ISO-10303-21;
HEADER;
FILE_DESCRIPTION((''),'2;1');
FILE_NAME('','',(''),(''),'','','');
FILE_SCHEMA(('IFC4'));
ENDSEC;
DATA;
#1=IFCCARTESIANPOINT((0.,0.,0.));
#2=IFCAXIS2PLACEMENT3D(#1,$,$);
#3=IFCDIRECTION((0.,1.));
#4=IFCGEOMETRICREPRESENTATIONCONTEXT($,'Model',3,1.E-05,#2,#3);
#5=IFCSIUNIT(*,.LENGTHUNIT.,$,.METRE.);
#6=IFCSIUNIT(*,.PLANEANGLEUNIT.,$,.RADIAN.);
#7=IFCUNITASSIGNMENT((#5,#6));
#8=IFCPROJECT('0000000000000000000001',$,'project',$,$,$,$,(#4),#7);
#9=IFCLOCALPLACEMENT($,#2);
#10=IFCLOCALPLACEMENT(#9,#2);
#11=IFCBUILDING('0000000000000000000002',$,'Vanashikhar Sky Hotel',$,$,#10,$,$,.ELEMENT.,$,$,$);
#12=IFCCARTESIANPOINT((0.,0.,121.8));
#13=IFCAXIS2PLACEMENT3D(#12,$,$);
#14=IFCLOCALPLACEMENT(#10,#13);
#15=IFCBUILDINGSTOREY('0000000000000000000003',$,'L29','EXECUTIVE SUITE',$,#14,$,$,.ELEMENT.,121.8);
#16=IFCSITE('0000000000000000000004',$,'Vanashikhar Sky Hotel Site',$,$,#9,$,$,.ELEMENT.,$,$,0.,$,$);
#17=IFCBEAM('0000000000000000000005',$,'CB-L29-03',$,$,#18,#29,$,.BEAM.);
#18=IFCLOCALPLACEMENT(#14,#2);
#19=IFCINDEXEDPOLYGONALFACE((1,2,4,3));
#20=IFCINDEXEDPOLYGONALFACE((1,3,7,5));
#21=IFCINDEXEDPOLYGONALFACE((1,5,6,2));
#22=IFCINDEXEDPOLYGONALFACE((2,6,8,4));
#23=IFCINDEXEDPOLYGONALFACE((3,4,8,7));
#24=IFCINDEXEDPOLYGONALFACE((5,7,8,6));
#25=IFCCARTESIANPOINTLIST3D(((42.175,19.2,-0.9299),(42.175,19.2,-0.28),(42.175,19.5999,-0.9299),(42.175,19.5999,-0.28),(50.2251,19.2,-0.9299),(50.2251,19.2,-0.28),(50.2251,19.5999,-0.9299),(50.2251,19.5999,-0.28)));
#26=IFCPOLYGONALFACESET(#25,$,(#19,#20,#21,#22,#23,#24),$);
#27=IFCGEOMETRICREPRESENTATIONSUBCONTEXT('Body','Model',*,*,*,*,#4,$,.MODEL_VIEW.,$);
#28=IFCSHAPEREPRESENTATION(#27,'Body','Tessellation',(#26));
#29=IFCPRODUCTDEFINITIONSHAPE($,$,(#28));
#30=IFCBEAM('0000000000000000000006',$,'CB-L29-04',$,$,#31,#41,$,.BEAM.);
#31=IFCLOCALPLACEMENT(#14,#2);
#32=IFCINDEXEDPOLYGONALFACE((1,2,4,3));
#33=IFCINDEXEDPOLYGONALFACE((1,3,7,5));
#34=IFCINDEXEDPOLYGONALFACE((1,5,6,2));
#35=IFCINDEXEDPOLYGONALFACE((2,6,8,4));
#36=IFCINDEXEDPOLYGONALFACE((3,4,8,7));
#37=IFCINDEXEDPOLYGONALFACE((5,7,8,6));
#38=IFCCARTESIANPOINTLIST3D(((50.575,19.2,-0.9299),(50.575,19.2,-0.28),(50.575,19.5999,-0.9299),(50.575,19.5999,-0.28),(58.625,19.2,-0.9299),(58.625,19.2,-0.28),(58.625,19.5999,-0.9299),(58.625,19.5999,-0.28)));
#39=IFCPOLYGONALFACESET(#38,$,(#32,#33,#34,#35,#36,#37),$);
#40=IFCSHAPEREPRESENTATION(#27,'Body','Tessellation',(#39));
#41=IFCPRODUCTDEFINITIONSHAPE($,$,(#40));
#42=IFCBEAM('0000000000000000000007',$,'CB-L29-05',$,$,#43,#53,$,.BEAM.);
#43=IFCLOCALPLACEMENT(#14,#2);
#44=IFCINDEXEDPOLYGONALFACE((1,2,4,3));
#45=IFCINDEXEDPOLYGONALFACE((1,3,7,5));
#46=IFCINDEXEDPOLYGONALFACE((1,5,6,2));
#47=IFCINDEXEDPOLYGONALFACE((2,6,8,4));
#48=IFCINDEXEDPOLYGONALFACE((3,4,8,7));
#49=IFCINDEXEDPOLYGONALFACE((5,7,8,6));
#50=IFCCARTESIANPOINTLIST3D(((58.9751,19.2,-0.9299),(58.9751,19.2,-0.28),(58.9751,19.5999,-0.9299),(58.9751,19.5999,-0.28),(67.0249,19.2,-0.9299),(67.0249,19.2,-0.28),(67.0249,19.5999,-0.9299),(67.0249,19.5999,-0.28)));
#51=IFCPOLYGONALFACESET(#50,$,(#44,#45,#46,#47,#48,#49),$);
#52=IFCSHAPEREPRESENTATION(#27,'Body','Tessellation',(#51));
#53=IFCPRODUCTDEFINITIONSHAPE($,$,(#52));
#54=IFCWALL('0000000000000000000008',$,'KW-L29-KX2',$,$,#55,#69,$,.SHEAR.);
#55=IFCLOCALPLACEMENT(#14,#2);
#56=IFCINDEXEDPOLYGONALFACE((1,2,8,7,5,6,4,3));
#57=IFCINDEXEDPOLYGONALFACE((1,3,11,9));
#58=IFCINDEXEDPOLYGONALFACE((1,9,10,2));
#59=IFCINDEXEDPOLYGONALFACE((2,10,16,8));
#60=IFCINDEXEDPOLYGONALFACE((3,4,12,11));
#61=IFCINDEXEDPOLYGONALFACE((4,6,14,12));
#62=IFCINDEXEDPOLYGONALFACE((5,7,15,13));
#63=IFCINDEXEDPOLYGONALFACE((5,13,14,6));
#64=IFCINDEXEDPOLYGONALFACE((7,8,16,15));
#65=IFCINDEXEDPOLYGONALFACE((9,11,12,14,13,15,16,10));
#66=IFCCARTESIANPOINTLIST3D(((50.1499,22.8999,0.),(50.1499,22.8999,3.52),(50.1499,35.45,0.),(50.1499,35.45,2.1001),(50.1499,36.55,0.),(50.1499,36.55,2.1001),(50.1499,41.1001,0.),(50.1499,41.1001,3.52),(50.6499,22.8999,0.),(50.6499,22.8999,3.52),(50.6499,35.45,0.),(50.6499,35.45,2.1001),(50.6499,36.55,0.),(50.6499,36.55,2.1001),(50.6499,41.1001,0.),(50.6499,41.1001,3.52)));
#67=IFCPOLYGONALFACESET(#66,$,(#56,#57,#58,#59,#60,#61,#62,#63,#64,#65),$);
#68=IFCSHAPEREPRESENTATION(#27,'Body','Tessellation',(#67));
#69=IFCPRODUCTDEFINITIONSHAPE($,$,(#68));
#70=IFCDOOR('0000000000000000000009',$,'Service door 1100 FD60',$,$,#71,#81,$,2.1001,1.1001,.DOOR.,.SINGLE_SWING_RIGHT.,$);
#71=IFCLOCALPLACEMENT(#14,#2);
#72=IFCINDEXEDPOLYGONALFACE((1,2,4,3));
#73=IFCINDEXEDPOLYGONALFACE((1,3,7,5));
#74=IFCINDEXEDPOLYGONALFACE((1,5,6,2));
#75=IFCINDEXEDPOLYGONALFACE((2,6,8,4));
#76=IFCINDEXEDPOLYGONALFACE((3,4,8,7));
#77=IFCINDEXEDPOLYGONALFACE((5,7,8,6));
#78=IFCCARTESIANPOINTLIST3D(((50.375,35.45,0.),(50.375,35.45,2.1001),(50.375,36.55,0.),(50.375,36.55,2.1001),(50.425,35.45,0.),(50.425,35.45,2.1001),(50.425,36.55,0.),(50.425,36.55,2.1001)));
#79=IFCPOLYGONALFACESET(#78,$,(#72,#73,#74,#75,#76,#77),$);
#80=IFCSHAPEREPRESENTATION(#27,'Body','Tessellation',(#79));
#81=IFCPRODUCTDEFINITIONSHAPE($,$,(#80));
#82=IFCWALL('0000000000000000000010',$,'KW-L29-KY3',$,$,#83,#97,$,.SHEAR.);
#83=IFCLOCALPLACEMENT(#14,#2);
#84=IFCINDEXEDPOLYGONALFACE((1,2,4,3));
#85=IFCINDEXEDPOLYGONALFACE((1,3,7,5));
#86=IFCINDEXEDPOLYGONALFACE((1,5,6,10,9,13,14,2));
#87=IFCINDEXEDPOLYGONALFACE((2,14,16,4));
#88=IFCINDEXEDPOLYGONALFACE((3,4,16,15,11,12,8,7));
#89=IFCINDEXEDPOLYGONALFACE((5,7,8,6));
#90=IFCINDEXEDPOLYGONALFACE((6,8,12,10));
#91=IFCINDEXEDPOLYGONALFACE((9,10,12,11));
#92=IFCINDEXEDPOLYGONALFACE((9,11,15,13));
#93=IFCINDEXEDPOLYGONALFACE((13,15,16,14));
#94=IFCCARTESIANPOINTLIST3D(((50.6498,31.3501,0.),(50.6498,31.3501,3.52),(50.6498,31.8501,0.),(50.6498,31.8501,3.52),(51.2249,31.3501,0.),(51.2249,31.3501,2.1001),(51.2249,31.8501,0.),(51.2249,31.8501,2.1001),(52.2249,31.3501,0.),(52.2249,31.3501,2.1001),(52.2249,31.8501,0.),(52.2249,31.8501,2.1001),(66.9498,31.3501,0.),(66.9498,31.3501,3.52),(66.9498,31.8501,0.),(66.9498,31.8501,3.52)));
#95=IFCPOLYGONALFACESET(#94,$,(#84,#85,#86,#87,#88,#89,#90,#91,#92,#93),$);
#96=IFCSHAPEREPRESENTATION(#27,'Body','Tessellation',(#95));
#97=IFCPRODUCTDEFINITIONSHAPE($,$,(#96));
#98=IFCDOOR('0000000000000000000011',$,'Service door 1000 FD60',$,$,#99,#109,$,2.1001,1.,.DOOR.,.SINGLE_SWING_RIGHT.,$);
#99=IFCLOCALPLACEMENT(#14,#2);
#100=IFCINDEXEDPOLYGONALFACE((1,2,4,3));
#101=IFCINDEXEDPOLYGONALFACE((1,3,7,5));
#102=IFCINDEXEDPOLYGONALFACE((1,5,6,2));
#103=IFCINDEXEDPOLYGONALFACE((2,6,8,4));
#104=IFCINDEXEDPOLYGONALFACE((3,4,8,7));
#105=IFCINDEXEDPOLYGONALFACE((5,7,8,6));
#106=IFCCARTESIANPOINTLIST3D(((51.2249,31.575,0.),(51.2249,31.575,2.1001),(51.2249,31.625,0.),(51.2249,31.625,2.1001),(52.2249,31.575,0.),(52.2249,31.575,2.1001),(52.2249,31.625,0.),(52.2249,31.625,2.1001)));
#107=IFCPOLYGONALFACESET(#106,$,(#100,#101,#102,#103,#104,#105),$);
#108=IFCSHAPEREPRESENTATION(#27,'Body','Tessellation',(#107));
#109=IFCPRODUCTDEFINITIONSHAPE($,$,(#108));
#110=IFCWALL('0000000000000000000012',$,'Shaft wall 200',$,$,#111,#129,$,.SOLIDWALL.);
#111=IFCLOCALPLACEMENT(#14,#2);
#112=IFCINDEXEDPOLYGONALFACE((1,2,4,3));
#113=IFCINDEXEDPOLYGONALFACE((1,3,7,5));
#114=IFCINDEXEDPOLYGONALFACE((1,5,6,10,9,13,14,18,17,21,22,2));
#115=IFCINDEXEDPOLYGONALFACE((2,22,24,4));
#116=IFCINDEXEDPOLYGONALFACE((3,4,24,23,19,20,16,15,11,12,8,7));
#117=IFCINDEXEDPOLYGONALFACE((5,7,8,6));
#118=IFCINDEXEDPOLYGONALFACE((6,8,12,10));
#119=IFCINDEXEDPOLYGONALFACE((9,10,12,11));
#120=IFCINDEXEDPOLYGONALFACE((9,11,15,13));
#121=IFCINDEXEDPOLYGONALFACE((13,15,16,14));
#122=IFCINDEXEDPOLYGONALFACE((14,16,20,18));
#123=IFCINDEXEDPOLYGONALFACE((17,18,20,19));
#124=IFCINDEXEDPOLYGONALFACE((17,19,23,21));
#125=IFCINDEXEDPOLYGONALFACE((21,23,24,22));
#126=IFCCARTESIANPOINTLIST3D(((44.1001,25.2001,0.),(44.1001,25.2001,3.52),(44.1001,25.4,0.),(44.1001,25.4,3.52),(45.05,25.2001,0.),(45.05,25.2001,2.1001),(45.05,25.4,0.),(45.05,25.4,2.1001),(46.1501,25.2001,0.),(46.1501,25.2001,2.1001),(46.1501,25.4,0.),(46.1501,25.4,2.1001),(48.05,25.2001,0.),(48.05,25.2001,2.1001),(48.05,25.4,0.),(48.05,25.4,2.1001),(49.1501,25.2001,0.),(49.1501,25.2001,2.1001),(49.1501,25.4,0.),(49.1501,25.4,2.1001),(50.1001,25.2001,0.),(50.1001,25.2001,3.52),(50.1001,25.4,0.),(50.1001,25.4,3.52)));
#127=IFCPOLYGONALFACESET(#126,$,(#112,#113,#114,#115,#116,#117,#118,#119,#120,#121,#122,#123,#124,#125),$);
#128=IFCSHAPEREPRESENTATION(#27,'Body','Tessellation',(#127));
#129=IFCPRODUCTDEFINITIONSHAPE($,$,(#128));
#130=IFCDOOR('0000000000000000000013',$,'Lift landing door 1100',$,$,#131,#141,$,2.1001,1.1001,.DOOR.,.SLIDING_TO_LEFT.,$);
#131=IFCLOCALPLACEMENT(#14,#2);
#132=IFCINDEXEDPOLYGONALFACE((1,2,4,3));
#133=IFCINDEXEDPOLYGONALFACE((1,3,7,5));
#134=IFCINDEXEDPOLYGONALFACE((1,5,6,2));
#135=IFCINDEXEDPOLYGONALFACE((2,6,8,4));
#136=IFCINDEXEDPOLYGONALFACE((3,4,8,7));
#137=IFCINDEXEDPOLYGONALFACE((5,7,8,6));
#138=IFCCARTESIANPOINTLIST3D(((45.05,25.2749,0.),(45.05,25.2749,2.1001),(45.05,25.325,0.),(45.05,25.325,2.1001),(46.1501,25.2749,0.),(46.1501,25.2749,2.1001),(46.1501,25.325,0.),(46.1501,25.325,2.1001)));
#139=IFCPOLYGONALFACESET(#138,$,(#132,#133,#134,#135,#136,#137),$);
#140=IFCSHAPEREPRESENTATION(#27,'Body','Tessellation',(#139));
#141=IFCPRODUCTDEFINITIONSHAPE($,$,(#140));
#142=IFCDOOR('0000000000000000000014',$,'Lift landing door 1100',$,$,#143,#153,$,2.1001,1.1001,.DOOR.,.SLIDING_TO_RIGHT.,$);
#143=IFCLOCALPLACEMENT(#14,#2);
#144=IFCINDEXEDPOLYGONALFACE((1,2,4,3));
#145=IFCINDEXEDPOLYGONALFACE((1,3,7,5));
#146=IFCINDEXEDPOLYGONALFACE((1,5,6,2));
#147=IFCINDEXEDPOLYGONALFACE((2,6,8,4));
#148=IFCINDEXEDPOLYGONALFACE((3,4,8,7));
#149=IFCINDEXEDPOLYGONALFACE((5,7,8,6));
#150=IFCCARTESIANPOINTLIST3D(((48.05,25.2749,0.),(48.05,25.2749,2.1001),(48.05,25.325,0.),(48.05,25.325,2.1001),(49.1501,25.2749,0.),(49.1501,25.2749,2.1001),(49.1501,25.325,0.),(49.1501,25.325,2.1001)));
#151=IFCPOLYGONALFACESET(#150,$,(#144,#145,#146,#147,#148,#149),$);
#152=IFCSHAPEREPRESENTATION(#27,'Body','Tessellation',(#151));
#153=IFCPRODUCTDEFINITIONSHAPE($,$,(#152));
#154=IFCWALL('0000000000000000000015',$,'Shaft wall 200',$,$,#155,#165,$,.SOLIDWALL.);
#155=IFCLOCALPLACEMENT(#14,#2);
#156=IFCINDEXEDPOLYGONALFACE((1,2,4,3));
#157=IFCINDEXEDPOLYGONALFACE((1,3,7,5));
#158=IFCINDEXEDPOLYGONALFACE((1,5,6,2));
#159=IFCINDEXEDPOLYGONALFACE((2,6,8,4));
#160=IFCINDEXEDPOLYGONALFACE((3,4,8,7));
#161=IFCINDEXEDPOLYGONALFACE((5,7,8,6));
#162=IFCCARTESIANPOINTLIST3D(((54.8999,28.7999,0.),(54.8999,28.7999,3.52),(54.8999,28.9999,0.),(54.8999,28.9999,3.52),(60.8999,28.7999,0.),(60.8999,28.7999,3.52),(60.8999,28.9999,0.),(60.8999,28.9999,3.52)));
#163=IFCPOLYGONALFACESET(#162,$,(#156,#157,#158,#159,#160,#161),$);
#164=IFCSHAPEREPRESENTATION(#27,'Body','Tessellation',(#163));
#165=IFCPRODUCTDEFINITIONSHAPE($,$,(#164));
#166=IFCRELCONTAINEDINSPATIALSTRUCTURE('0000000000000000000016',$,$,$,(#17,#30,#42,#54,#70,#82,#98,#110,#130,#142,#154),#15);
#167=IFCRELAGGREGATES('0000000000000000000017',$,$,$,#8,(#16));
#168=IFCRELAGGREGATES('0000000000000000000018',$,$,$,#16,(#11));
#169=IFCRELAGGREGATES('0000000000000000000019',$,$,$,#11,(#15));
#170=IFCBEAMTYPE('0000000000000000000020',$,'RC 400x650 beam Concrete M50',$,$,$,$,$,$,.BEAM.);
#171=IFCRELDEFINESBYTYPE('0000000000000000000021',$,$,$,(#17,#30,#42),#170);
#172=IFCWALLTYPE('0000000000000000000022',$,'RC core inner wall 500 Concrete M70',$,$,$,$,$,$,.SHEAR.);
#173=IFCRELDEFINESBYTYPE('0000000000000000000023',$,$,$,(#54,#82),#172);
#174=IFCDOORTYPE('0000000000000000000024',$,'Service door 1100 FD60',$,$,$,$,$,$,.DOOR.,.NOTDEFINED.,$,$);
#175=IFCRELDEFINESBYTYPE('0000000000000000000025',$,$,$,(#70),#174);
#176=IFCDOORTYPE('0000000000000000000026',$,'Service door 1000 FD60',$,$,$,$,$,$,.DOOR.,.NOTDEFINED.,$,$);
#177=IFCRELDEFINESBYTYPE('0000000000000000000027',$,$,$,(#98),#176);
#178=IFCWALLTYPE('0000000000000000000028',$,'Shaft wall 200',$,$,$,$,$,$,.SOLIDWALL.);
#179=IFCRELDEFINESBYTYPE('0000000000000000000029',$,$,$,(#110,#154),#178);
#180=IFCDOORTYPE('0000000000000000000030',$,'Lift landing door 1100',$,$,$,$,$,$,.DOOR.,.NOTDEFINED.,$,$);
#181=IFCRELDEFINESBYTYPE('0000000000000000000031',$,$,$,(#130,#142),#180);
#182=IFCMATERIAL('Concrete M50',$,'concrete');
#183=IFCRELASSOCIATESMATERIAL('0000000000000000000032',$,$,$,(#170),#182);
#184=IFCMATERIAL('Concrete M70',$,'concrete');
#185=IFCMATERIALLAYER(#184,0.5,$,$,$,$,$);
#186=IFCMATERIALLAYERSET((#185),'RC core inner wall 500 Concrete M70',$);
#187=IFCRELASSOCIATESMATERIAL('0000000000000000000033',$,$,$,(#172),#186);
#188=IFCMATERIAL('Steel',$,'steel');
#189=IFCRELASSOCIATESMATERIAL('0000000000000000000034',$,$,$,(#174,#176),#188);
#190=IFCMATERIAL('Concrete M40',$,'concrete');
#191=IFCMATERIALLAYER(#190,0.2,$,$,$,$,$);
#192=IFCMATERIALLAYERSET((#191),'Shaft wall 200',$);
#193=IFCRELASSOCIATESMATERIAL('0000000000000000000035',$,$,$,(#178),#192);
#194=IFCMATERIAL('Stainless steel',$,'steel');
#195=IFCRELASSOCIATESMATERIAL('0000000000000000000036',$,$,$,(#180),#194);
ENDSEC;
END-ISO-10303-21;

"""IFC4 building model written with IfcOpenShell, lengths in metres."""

from ifc_helpers import new_model, si_unit, direction, frame, frame_2d, origin, origin_2d, place, context, subcontext, project, spatial, rectangle, extrude, source, transform, mapped, material, layer, layer_set, material_profile, profile_set, type_object, element, fill, save


model = new_model("IFC4")

# Units and contexts
model_context = context("Model", 3, precision=1e-05, world=origin(), true_north=direction((0.0, 1.0)))
body_context = subcontext(model_context, "Body", "Model", "MODEL_VIEW")
ifc_project = project(units=[si_unit("LENGTHUNIT", "METRE"), si_unit("PLANEANGLEUNIT", "RADIAN")], contexts=[model_context])

# Site, building, storey
site_placement = place(None, origin())
site = spatial("IfcSite", under=ifc_project, at=site_placement, Name="Vanashikhar Sky Hotel Site", CompositionType="ELEMENT", RefElevation=0.0)
building_placement = place(site_placement, origin())
building = spatial("IfcBuilding", under=site, at=building_placement, Name="Vanashikhar Sky Hotel", CompositionType="ELEMENT")
storey_placement = place(building_placement, frame((0.0, 0.0, 121.8)))
storey = spatial("IfcBuildingStorey", under=building, at=storey_placement, Name="L29", Description="EXECUTIVE SUITE", CompositionType="ELEMENT", Elevation=121.8)

# Beams
ifc_material_1 = material(Name="Concrete M50", Category="concrete")
ifc_material_profile = material_profile(ifc_material_1, rectangle(XDim=0.3999, YDim=0.6499, at=origin_2d()))
ifc_profile_set = profile_set([ifc_material_profile], Name="RC 400x650 beam Concrete M50")
beam_type = type_object("IfcBeamType", Name="RC 400x650 beam Concrete M50", PredefinedType="BEAM", material=ifc_profile_set)
shared_shape_1 = source(origin(), body_context, "Body", "SweptSolid", [
    extrude(rectangle(XDim=0.3999, YDim=0.6499, at=origin_2d()), origin(), (0.0, 0.0, 1.0), 8.05),
])
for number, where, z_axis, x_axis, name in (
    (1, (42.175, 19.3999, -0.605), (1.0, 0.0, 0.0), (0.0, 1.0, 0.0), "CB-L29-03"),
    (2, (50.575, 19.3999, -0.605), (1.0, 0.0, 0.0), (0.0, 1.0, 0.0), "CB-L29-04"),
):
    element("IfcBeam", number, at=place(storey_placement, frame(where, z_axis=z_axis, x_axis=x_axis)), inside=storey, type_object=beam_type, Name=name, PredefinedType="BEAM", context=body_context, shape_type="MappedRepresentation", body=[
        mapped(shared_shape_1, transform((0.0, 0.0, 0.0), scale=1.0)),
    ])
shared_shape_2 = source(origin(), body_context, "Body", "SweptSolid", [
    extrude(rectangle(XDim=0.3999, YDim=0.6499, at=origin_2d()), origin(), (0.0, 0.0, 1.0), 8.0498),
])
beam_placement = place(storey_placement, frame((58.9751, 19.3999, -0.605), z_axis=(1.0, 0.0, 0.0), x_axis=(0.0, 1.0, 0.0)))
element("IfcBeam", 3, at=beam_placement, inside=storey, type_object=beam_type, Name="CB-L29-05", PredefinedType="BEAM", context=body_context, shape_type="MappedRepresentation", body=[
    mapped(shared_shape_2, transform((0.0, 0.0, 0.0), scale=1.0)),
])

# Walls, openings, doors
ifc_material_2 = material(Name="Concrete M70", Category="concrete")
ifc_layer_1 = layer(ifc_material_2, 0.5)
ifc_layer_set_1 = layer_set([ifc_layer_1], Name="RC core inner wall 500 Concrete M70")
wall_type_1 = type_object("IfcWallType", Name="RC core inner wall 500 Concrete M70", PredefinedType="SHEAR", material=ifc_layer_set_1)
shared_shape_3 = source(origin(), body_context, "Body", "SweptSolid", [
    extrude(rectangle(XDim=18.2002, YDim=0.5, at=frame_2d((9.1001, 0.0))), origin(), (0.0, 0.0, 1.0), 3.52),
])
wall_1_placement = place(storey_placement, frame((50.3999, 22.8999, 0.0), z_axis=(0.0, 0.0, 1.0), x_axis=(0.0, 1.0, 0.0)))
wall_1 = element("IfcWall", 4, at=wall_1_placement, inside=storey, type_object=wall_type_1, Name="KW-L29-KX2", PredefinedType="SHEAR", context=body_context, shape_type="MappedRepresentation", body=[
    mapped(shared_shape_3, transform((0.0, 0.0, 0.0), scale=1.0)),
])
shared_shape_4 = source(origin(), body_context, "Body", "SweptSolid", [
    extrude(rectangle(XDim=1.1001, YDim=2.1001, at=frame_2d((0.55, 1.05))), frame((0.0, 0.26, 0.0), z_axis=(0.0, -1.0, 0.0), x_axis=(1.0, 0.0, 0.0)), (0.0, 0.0, 1.0), 0.52),
])
opening_1_placement = place(wall_1_placement, frame((12.55, 0.0, 0.0)))
opening_1 = element("IfcOpeningElement", 5, at=opening_1_placement, cuts=wall_1, PredefinedType="OPENING", context=body_context, shape_type="MappedRepresentation", body=[
    mapped(shared_shape_4, transform((0.0, 0.0, 0.0), scale=1.0)),
])
ifc_material_3 = material(Name="Steel", Category="steel")
door_type_1 = type_object("IfcDoorType", Name="Service door 1100 FD60", OperationType="NOTDEFINED", PredefinedType="DOOR", material=ifc_material_3)
shared_shape_5 = source(origin(), body_context, "Body", "SweptSolid", [
    extrude(rectangle(XDim=1.1001, YDim=2.1001, at=frame_2d((0.55, 1.05))), frame((0.0, 0.0249, 0.0), z_axis=(0.0, -1.0, 0.0), x_axis=(1.0, 0.0, 0.0)), (0.0, 0.0, 1.0), 0.05),
])
door_1_placement = place(opening_1_placement, origin())
door_1 = element("IfcDoor", 6, at=door_1_placement, inside=storey, type_object=door_type_1, Name="Service door 1100 FD60", OperationType="SINGLE_SWING_RIGHT", OverallHeight=2.1001, OverallWidth=1.1001, PredefinedType="DOOR", context=body_context, shape_type="MappedRepresentation", body=[
    mapped(shared_shape_5, transform((0.0, 0.0, 0.0), scale=1.0)),
])
fill(opening_1, door_1)
shared_shape_6 = source(origin(), body_context, "Body", "SweptSolid", [
    extrude(rectangle(XDim=16.3, YDim=0.5, at=frame_2d((8.1499, 0.0))), origin(), (0.0, 0.0, 1.0), 3.52),
])
wall_2_placement = place(storey_placement, frame((50.6499, 31.6001, 0.0), z_axis=(0.0, 0.0, 1.0), x_axis=(1.0, 0.0, 0.0)))
wall_2 = element("IfcWall", 7, at=wall_2_placement, inside=storey, type_object=wall_type_1, Name="KW-L29-KY3", PredefinedType="SHEAR", context=body_context, shape_type="MappedRepresentation", body=[
    mapped(shared_shape_6, transform((0.0, 0.0, 0.0), scale=1.0)),
])
shared_shape_7 = source(origin(), body_context, "Body", "SweptSolid", [
    extrude(rectangle(XDim=1.0, YDim=2.1001, at=frame_2d((0.5, 1.05))), frame((0.0, 0.26, 0.0), z_axis=(0.0, -1.0, 0.0), x_axis=(1.0, 0.0, 0.0)), (0.0, 0.0, 1.0), 0.52),
])
opening_2_placement = place(wall_2_placement, frame((0.575, 0.0, 0.0)))
opening_2 = element("IfcOpeningElement", 8, at=opening_2_placement, cuts=wall_2, PredefinedType="OPENING", context=body_context, shape_type="MappedRepresentation", body=[
    mapped(shared_shape_7, transform((0.0, 0.0, 0.0), scale=1.0)),
])
door_type_2 = type_object("IfcDoorType", Name="Service door 1000 FD60", OperationType="NOTDEFINED", PredefinedType="DOOR", material=ifc_material_3)
shared_shape_8 = source(origin(), body_context, "Body", "SweptSolid", [
    extrude(rectangle(XDim=1.0, YDim=2.1001, at=frame_2d((0.5, 1.05))), frame((0.0, 0.0249, 0.0), z_axis=(0.0, -1.0, 0.0), x_axis=(1.0, 0.0, 0.0)), (0.0, 0.0, 1.0), 0.05),
])
door_2_placement = place(opening_2_placement, origin())
door_2 = element("IfcDoor", 9, at=door_2_placement, inside=storey, type_object=door_type_2, Name="Service door 1000 FD60", OperationType="SINGLE_SWING_RIGHT", OverallHeight=2.1001, OverallWidth=1.0, PredefinedType="DOOR", context=body_context, shape_type="MappedRepresentation", body=[
    mapped(shared_shape_8, transform((0.0, 0.0, 0.0), scale=1.0)),
])
fill(opening_2, door_2)

# Wall, openings, doors
ifc_material_4 = material(Name="Concrete M40", Category="concrete")
ifc_layer_2 = layer(ifc_material_4, 0.2)
ifc_layer_set_2 = layer_set([ifc_layer_2], Name="Shaft wall 200")
wall_type_2 = type_object("IfcWallType", Name="Shaft wall 200", PredefinedType="SOLIDWALL", material=ifc_layer_set_2)
shared_shape_9 = source(origin(), body_context, "Body", "SweptSolid", [
    extrude(rectangle(XDim=6.0, YDim=0.2, at=frame_2d((3.0, 0.0))), origin(), (0.0, 0.0, 1.0), 3.52),
])
wall_3_placement = place(storey_placement, frame((44.1001, 25.3, 0.0), z_axis=(0.0, 0.0, 1.0), x_axis=(1.0, 0.0, 0.0)))
wall_3 = element("IfcWall", 10, at=wall_3_placement, inside=storey, type_object=wall_type_2, Name="Shaft wall 200", PredefinedType="SOLIDWALL", context=body_context, shape_type="MappedRepresentation", body=[
    mapped(shared_shape_9, transform((0.0, 0.0, 0.0), scale=1.0)),
])
shared_shape_10 = source(origin(), body_context, "Body", "SweptSolid", [
    extrude(rectangle(XDim=1.1001, YDim=2.1001, at=frame_2d((0.55, 1.05))), frame((0.0, 0.1099, 0.0), z_axis=(0.0, -1.0, 0.0), x_axis=(1.0, 0.0, 0.0)), (0.0, 0.0, 1.0), 0.22),
])
opening_3_placement = place(wall_3_placement, frame((0.95, 0.0, 0.0)))
opening_3 = element("IfcOpeningElement", 11, at=opening_3_placement, cuts=wall_3, PredefinedType="OPENING", context=body_context, shape_type="MappedRepresentation", body=[
    mapped(shared_shape_10, transform((0.0, 0.0, 0.0), scale=1.0)),
])
opening_4_placement = place(wall_3_placement, frame((3.95, 0.0, 0.0)))
opening_4 = element("IfcOpeningElement", 12, at=opening_4_placement, cuts=wall_3, PredefinedType="OPENING", context=body_context, shape_type="MappedRepresentation", body=[
    mapped(shared_shape_10, transform((0.0, 0.0, 0.0), scale=1.0)),
])
ifc_material_5 = material(Name="Stainless steel", Category="steel")
door_type_3 = type_object("IfcDoorType", Name="Lift landing door 1100", OperationType="NOTDEFINED", PredefinedType="DOOR", material=ifc_material_5)
door_3_placement = place(opening_3_placement, origin())
door_3 = element("IfcDoor", 13, at=door_3_placement, inside=storey, type_object=door_type_3, Name="Lift landing door 1100", OperationType="SLIDING_TO_LEFT", OverallHeight=2.1001, OverallWidth=1.1001, PredefinedType="DOOR", context=body_context, shape_type="MappedRepresentation", body=[
    mapped(shared_shape_5, transform((0.0, 0.0, 0.0), scale=1.0)),
])
fill(opening_3, door_3)
door_4_placement = place(opening_4_placement, origin())
door_4 = element("IfcDoor", 14, at=door_4_placement, inside=storey, type_object=door_type_3, Name="Lift landing door 1100", OperationType="SLIDING_TO_RIGHT", OverallHeight=2.1001, OverallWidth=1.1001, PredefinedType="DOOR", context=body_context, shape_type="MappedRepresentation", body=[
    mapped(shared_shape_5, transform((0.0, 0.0, 0.0), scale=1.0)),
])
fill(opening_4, door_4)

# Wall
wall_4_placement = place(storey_placement, frame((60.8999, 28.8999, 0.0), z_axis=(0.0, 0.0, 1.0), x_axis=(-1.0, 0.0, 0.0)))
element("IfcWall", 15, at=wall_4_placement, inside=storey, type_object=wall_type_2, Name="Shaft wall 200", PredefinedType="SOLIDWALL", context=body_context, shape_type="MappedRepresentation", body=[
    mapped(shared_shape_9, transform((0.0, 0.0, 0.0), scale=1.0)),
])

save(model, "model.ifc")
